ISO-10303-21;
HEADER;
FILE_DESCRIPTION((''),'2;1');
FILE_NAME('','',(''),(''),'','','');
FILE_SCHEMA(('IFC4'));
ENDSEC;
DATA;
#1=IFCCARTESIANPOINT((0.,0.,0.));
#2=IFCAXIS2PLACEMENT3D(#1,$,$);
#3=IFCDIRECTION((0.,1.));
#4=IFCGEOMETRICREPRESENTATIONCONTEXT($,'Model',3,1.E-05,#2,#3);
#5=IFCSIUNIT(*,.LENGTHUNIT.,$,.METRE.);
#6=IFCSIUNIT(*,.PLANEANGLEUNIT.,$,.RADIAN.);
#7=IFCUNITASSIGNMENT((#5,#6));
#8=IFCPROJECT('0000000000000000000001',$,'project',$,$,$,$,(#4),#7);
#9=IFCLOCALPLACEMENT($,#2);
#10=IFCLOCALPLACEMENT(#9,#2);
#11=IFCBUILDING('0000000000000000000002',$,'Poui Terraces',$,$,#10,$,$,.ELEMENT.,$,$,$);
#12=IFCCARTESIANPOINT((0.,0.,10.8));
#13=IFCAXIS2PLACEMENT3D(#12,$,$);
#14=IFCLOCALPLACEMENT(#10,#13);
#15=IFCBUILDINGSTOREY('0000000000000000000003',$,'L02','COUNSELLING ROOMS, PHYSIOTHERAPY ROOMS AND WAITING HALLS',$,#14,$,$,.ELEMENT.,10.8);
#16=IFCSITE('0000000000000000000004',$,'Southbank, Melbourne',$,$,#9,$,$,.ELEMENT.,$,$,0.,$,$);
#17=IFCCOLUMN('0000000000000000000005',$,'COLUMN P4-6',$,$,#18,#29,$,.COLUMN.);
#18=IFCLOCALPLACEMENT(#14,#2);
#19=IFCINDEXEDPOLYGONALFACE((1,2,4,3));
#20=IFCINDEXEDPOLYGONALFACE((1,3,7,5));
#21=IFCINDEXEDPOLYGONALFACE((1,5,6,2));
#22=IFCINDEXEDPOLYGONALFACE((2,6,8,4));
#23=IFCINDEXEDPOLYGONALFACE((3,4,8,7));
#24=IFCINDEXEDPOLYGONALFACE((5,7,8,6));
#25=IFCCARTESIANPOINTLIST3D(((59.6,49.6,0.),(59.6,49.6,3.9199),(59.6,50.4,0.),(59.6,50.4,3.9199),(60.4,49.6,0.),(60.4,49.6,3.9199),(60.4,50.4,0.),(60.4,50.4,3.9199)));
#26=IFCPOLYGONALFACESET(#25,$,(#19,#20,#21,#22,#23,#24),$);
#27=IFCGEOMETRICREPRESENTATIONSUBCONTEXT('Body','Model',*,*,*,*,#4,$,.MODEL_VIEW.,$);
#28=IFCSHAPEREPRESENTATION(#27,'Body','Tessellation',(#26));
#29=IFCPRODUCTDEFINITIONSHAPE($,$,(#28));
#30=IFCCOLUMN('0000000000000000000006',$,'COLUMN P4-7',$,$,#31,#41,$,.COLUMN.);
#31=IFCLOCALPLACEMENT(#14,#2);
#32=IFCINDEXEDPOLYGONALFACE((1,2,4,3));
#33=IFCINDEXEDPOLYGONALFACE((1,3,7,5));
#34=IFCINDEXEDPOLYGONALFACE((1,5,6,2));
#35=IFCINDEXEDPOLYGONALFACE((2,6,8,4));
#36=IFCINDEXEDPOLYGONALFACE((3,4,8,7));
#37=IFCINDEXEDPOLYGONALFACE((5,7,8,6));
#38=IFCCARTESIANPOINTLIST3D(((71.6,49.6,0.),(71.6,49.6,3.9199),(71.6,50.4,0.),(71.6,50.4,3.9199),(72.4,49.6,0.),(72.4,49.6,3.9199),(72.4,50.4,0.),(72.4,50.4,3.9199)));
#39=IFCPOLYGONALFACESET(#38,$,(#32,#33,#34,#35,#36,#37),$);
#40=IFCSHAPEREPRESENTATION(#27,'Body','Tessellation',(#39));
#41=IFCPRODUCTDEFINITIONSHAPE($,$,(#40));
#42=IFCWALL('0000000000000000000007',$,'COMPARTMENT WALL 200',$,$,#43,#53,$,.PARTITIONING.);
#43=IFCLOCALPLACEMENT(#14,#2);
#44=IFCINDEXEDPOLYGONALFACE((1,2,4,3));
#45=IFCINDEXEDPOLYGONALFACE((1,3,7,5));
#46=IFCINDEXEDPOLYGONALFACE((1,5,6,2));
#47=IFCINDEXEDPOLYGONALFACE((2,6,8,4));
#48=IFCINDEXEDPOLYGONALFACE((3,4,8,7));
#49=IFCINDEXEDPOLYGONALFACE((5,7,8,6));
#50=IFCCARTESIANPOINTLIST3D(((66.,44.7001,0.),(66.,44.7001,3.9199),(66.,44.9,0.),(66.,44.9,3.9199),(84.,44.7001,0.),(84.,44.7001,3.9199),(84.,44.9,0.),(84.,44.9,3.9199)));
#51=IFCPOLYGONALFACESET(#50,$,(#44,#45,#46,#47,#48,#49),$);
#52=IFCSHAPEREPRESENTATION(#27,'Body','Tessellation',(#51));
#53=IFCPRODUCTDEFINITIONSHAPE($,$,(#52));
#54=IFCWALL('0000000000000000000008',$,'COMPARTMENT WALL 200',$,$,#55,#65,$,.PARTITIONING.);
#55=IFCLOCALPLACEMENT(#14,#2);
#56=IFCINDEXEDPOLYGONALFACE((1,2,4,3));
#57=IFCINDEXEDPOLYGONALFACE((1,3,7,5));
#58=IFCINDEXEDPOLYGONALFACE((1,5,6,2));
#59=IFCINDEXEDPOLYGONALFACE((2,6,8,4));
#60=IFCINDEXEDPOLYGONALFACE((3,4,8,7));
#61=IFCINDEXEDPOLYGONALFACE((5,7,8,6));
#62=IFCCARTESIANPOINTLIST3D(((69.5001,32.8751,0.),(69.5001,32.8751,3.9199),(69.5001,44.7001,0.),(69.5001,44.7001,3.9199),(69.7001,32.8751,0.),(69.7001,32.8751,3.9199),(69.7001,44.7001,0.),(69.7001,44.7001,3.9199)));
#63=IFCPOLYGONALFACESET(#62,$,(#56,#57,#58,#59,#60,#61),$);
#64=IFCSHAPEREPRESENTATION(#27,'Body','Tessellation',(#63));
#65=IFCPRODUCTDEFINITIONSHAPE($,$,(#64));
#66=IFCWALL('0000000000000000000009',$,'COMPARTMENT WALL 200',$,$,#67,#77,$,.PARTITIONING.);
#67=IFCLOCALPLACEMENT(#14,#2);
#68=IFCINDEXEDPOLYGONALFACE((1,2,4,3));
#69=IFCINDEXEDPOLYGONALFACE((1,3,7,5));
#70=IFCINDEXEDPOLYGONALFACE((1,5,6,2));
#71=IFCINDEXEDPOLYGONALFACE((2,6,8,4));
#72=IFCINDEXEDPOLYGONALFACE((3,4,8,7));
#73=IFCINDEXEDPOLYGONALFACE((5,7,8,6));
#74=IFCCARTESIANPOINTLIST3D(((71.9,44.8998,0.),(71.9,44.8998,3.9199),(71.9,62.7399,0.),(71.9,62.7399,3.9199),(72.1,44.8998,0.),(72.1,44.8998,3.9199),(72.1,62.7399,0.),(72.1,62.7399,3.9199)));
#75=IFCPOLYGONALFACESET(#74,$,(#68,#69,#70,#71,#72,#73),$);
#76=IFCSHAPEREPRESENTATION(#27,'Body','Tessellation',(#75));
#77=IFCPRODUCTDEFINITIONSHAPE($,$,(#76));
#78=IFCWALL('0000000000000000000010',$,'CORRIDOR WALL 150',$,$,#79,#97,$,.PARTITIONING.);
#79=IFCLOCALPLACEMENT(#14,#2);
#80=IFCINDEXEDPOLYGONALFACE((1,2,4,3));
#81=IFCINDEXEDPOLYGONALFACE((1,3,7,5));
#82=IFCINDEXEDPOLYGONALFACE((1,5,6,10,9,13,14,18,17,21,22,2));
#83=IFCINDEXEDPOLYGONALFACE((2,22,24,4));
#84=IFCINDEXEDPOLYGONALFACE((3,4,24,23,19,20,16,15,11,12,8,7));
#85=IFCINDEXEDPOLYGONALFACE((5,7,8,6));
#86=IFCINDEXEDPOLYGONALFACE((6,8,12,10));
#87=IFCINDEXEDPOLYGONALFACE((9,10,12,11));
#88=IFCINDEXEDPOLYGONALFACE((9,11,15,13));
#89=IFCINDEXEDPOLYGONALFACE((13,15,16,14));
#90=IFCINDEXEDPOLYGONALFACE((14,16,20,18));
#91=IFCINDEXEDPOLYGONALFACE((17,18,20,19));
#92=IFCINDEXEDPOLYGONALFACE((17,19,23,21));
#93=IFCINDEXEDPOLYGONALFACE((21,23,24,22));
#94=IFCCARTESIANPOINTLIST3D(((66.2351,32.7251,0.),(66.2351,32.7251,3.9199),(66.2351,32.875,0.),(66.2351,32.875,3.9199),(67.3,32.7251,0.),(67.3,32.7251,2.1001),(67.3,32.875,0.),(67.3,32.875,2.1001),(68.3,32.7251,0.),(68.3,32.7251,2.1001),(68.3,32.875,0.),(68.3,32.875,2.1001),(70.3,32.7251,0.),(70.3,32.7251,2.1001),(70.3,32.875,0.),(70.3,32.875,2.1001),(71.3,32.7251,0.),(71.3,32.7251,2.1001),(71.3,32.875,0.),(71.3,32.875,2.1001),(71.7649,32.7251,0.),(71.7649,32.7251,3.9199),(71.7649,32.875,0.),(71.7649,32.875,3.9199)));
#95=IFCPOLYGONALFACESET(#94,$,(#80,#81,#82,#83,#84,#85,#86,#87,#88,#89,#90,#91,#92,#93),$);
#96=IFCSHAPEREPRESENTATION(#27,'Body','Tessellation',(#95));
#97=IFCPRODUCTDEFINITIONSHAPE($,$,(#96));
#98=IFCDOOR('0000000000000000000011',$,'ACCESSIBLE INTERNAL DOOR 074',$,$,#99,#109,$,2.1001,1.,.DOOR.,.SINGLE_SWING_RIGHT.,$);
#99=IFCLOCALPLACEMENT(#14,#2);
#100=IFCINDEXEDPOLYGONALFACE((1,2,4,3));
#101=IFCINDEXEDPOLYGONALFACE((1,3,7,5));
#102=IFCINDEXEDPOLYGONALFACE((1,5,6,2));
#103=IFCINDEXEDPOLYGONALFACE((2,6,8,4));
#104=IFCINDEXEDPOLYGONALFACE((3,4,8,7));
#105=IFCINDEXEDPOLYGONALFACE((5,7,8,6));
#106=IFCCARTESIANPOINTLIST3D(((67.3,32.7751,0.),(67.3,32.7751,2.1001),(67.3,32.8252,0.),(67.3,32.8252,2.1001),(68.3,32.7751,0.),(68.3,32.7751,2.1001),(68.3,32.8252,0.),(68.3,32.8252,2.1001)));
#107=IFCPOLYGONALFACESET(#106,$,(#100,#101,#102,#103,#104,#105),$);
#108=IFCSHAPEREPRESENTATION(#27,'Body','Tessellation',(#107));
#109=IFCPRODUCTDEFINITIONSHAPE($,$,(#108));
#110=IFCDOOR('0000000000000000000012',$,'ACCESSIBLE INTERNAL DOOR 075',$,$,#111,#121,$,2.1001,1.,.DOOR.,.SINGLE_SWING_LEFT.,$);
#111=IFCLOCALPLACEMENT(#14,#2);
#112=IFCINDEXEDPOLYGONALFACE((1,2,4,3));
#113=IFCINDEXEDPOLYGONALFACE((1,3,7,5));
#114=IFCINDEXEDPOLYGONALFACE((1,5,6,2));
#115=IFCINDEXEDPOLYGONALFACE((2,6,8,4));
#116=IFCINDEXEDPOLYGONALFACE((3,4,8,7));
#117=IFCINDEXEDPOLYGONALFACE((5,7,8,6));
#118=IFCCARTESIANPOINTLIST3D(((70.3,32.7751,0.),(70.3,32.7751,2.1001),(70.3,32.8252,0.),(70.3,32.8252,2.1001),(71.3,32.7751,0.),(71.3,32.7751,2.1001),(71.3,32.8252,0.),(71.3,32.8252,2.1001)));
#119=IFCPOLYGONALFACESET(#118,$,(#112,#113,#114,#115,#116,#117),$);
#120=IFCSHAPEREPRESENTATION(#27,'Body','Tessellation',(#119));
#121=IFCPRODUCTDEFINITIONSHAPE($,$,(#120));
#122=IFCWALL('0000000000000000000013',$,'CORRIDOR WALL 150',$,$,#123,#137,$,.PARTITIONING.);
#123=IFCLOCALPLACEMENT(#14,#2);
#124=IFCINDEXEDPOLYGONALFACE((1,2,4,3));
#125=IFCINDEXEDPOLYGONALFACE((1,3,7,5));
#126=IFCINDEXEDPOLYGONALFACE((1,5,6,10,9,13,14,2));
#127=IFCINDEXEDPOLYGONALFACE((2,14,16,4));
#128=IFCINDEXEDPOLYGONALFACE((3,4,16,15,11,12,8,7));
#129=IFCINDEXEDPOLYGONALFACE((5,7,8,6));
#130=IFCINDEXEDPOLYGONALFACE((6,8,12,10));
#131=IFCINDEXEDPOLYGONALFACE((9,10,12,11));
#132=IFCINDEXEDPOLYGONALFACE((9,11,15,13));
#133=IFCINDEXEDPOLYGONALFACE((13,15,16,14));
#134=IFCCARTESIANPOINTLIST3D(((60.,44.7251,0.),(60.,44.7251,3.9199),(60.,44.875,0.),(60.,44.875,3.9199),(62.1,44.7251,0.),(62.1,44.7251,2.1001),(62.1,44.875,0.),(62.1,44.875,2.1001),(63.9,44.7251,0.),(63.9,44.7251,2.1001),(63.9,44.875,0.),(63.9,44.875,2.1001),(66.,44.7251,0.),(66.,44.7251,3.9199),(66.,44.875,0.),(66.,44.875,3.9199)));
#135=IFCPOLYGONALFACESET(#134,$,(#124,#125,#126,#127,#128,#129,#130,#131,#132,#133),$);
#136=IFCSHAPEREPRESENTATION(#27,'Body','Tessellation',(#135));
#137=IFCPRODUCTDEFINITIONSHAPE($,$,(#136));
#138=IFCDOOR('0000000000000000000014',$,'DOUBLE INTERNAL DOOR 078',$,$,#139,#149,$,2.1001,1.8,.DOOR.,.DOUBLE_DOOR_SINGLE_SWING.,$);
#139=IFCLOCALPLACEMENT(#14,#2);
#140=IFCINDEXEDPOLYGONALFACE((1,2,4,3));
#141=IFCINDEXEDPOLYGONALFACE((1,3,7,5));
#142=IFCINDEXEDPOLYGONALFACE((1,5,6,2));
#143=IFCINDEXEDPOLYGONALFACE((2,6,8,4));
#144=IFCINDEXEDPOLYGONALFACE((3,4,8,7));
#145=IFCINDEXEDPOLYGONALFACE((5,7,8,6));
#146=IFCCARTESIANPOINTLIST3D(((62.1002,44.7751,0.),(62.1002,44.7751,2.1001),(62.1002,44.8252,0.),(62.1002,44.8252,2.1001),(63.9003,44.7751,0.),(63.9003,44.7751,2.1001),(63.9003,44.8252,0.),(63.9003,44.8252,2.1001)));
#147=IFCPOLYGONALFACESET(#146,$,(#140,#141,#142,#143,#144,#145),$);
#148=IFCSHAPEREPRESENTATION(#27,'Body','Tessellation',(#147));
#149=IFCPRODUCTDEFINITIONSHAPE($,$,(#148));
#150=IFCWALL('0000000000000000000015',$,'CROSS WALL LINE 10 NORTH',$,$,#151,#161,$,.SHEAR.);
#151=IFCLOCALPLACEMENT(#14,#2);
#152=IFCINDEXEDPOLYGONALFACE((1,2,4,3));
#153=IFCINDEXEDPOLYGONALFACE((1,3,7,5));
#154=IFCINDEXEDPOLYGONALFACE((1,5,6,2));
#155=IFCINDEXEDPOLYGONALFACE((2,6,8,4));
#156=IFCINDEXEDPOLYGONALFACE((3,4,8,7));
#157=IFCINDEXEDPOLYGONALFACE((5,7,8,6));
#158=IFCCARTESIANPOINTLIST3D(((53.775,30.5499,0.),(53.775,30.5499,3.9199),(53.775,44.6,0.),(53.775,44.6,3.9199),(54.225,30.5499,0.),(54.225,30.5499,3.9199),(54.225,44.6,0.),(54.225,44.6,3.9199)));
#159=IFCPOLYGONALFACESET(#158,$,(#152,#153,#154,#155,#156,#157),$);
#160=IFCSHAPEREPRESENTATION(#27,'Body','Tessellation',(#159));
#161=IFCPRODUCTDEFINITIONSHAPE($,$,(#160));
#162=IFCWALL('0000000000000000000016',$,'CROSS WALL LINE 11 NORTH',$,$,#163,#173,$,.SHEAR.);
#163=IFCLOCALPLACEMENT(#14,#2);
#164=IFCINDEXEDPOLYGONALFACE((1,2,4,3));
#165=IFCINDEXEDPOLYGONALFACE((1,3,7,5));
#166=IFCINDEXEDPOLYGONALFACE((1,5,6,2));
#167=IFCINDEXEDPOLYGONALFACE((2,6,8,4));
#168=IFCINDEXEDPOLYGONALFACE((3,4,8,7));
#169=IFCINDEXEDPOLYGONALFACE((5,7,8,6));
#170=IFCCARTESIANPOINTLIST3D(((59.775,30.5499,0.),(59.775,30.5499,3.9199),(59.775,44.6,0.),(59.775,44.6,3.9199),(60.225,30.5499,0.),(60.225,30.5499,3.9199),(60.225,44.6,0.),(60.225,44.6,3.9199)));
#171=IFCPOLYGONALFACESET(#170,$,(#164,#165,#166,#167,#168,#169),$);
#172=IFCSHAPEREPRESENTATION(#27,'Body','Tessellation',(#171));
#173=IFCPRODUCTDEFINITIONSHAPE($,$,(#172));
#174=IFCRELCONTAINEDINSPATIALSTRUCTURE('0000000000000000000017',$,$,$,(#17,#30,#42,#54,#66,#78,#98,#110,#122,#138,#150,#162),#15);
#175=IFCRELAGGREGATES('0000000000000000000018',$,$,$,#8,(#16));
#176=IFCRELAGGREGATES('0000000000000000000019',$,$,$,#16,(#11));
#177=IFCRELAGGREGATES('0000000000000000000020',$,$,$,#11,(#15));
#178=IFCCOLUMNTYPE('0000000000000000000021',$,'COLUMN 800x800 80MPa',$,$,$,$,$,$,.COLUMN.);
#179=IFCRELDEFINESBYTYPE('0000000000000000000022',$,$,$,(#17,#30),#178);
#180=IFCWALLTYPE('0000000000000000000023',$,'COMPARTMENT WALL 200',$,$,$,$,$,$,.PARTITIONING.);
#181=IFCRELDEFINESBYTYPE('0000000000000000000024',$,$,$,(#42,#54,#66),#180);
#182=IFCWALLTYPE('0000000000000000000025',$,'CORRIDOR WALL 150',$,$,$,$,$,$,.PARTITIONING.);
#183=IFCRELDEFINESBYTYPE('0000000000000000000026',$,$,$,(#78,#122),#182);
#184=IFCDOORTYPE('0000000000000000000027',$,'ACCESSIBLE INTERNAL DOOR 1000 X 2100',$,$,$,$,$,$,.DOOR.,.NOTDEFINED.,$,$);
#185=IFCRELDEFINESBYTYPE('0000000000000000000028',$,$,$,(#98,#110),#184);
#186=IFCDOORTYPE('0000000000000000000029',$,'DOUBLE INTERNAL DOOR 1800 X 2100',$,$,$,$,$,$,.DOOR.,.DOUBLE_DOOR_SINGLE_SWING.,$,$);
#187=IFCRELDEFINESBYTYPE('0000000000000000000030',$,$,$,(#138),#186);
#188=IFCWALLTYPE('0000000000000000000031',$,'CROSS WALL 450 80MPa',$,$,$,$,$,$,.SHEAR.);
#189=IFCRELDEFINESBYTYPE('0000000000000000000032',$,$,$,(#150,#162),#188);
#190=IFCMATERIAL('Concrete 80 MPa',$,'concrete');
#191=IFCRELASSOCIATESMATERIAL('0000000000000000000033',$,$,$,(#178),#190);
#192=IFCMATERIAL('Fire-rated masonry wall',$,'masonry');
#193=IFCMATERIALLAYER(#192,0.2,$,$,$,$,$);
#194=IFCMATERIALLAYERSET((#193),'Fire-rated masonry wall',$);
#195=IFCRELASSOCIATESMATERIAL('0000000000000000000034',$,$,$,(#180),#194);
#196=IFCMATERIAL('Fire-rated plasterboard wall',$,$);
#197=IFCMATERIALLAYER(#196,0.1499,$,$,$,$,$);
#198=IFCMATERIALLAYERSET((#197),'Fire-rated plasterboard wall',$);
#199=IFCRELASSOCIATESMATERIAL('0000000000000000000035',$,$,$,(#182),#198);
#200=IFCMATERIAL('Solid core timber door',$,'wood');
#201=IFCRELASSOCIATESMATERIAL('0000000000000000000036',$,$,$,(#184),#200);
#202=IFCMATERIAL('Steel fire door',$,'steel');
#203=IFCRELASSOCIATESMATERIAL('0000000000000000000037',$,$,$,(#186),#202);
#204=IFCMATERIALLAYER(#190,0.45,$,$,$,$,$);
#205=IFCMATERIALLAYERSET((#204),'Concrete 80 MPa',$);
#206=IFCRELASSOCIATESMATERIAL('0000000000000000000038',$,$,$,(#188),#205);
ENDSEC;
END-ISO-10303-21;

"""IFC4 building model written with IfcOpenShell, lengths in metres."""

from ifc_helpers import new_model, si_unit, direction, frame, frame_2d, origin, origin_2d, place, context, subcontext, project, spatial, rectangle, extrude, source, transform, mapped, material, layer, layer_set, material_profile, profile_set, type_object, element, fill, save


model = new_model("IFC4")

# Units and contexts
model_context = context("Model", 3, precision=1e-05, world=origin(), true_north=direction((0.0, 1.0)))
body_context = subcontext(model_context, "Body", "Model", "MODEL_VIEW")
ifc_project = project(units=[si_unit("LENGTHUNIT", "METRE"), si_unit("PLANEANGLEUNIT", "RADIAN")], contexts=[model_context])

# Site, building, storey
site_placement = place(None, origin())
site = spatial("IfcSite", under=ifc_project, at=site_placement, Name="Southbank, Melbourne", CompositionType="ELEMENT", RefElevation=0.0)
building_placement = place(site_placement, origin())
building = spatial("IfcBuilding", under=site, at=building_placement, Name="Poui Terraces", CompositionType="ELEMENT")
storey_placement = place(building_placement, frame((0.0, 0.0, 10.8)))
storey = spatial("IfcBuildingStorey", under=building, at=storey_placement, Name="L02", Description="COUNSELLING ROOMS, PHYSIOTHERAPY ROOMS AND WAITING HALLS", CompositionType="ELEMENT", Elevation=10.8)

# Columns
ifc_material_1 = material(Name="Concrete 80 MPa", Category="concrete")
ifc_material_profile = material_profile(ifc_material_1, rectangle(XDim=0.8, YDim=0.8, at=origin_2d()), Name="RC 800x800")
ifc_profile_set = profile_set([ifc_material_profile], Name="Concrete 80 MPa")
column_type = type_object("IfcColumnType", Name="COLUMN 800x800 80MPa", PredefinedType="COLUMN", material=ifc_profile_set)
shared_shape = source(origin(), body_context, "Body", "SweptSolid", [
    extrude(rectangle(XDim=0.8, YDim=0.8, at=origin_2d()), origin(), (0.0, 0.0, 1.0), 3.9199),
])
for number, where, z_axis, x_axis, name in (
    (1, (60.0, 50.0, 0.0), (0.0, 0.0, 1.0), (1.0, 0.0, 0.0), "COLUMN P4-6"),
    (2, (72.0, 50.0, 0.0), (0.0, 0.0, 1.0), (1.0, 0.0, 0.0), "COLUMN P4-7"),
):
    element("IfcColumn", number, at=place(storey_placement, frame(where, z_axis=z_axis, x_axis=x_axis)), inside=storey, type_object=column_type, Name=name, PredefinedType="COLUMN", context=body_context, shape_type="MappedRepresentation", body=[
        mapped(shared_shape, transform((0.0, 0.0, 0.0))),
    ])

# Walls
ifc_material_2 = material(Name="Fire-rated masonry wall", Category="masonry")
ifc_layer_1 = layer(ifc_material_2, 0.2)
ifc_layer_set_1 = layer_set([ifc_layer_1], Name="Fire-rated masonry wall")
wall_type_1 = type_object("IfcWallType", Name="COMPARTMENT WALL 200", PredefinedType="PARTITIONING", material=ifc_layer_set_1)
wall_1_placement = place(storey_placement, frame((66.0, 44.8, 0.0), z_axis=(0.0, 0.0, 1.0), x_axis=(1.0, 0.0, 0.0)))
element("IfcWall", 3, at=wall_1_placement, inside=storey, type_object=wall_type_1, Name="COMPARTMENT WALL 200", PredefinedType="PARTITIONING", context=body_context, shape_type="SweptSolid", body=[
    extrude(rectangle(XDim=18.0, YDim=0.2, at=frame_2d((9.0, 0.0))), origin(), (0.0, 0.0, 1.0), 3.9199),
])
wall_2_placement = place(storey_placement, frame((69.6001, 32.875, 0.0), z_axis=(0.0, 0.0, 1.0), x_axis=(0.0, 1.0, 0.0)))
element("IfcWall", 4, at=wall_2_placement, inside=storey, type_object=wall_type_1, Name="COMPARTMENT WALL 200", PredefinedType="PARTITIONING", context=body_context, shape_type="SweptSolid", body=[
    extrude(rectangle(XDim=11.825, YDim=0.2, at=frame_2d((5.9126, 0.0))), origin(), (0.0, 0.0, 1.0), 3.9199),
])
wall_3_placement = place(storey_placement, frame((72.0, 44.8999, 0.0), z_axis=(0.0, 0.0, 1.0), x_axis=(0.0, 1.0, 0.0)))
element("IfcWall", 5, at=wall_3_placement, inside=storey, type_object=wall_type_1, Name="COMPARTMENT WALL 200", PredefinedType="PARTITIONING", context=body_context, shape_type="SweptSolid", body=[
    extrude(rectangle(XDim=17.8401, YDim=0.2, at=frame_2d((8.9199, 0.0))), origin(), (0.0, 0.0, 1.0), 3.9199),
])

# Wall, openings, doors
ifc_material_3 = material(Name="Fire-rated plasterboard wall")
ifc_layer_2 = layer(ifc_material_3, 0.1499)
ifc_layer_set_2 = layer_set([ifc_layer_2], Name="Fire-rated plasterboard wall")
wall_type_2 = type_object("IfcWallType", Name="CORRIDOR WALL 150", PredefinedType="PARTITIONING", material=ifc_layer_set_2)
wall_4_placement = place(storey_placement, frame((66.2351, 32.8, 0.0), z_axis=(0.0, 0.0, 1.0), x_axis=(1.0, 0.0, 0.0)))
wall_4 = element("IfcWall", 6, at=wall_4_placement, inside=storey, type_object=wall_type_2, Name="CORRIDOR WALL 150", PredefinedType="PARTITIONING", context=body_context, shape_type="SweptSolid", body=[
    extrude(rectangle(XDim=5.5298, YDim=0.1499, at=frame_2d((2.7649, 0.0))), origin(), (0.0, 0.0, 1.0), 3.9199),
])
opening_1_placement = place(wall_4_placement, frame((1.0649, 0.0, 0.0)))
opening_1 = element("IfcOpeningElement", 7, at=opening_1_placement, cuts=wall_4, PredefinedType="OPENING", context=body_context, shape_type="SweptSolid", body=[
    extrude(rectangle(XDim=1.0, YDim=2.1001, at=frame_2d((0.5, 1.05))), frame((0.0, 0.085, 0.0), z_axis=(0.0, -1.0, 0.0), x_axis=(1.0, 0.0, 0.0)), (0.0, 0.0, 1.0), 0.1699),
])
opening_2_placement = place(wall_4_placement, frame((4.0649, 0.0, 0.0)))
opening_2 = element("IfcOpeningElement", 8, at=opening_2_placement, cuts=wall_4, PredefinedType="OPENING", context=body_context, shape_type="SweptSolid", body=[
    extrude(rectangle(XDim=1.0, YDim=2.1001, at=frame_2d((0.5, 1.05))), frame((0.0, 0.085, 0.0), z_axis=(0.0, -1.0, 0.0), x_axis=(1.0, 0.0, 0.0)), (0.0, 0.0, 1.0), 0.1699),
])
ifc_material_4 = material(Name="Solid core timber door", Category="wood")
door_type_1 = type_object("IfcDoorType", Name="ACCESSIBLE INTERNAL DOOR 1000 X 2100", OperationType="NOTDEFINED", PredefinedType="DOOR", material=ifc_material_4)
door_1_placement = place(opening_1_placement, frame((1.0, 0.0, 0.0), z_axis=(0.0, 0.0, 1.0), x_axis=(-1.0, 0.0, 0.0)))
door_1 = element("IfcDoor", 9, at=door_1_placement, inside=storey, type_object=door_type_1, Name="ACCESSIBLE INTERNAL DOOR 074", OperationType="SINGLE_SWING_RIGHT", OverallHeight=2.1001, OverallWidth=1.0, PredefinedType="DOOR", context=body_context, shape_type="SweptSolid", body=[
    extrude(rectangle(XDim=1.0, YDim=2.1001, at=frame_2d((0.5, 1.05))), frame((0.0, 0.0249, 0.0), z_axis=(0.0, -1.0, 0.0), x_axis=(1.0, 0.0, 0.0)), (0.0, 0.0, 1.0), 0.05),
])
fill(opening_1, door_1)
door_2_placement = place(opening_2_placement, frame((1.0, 0.0, 0.0), z_axis=(0.0, 0.0, 1.0), x_axis=(-1.0, 0.0, 0.0)))
door_2 = element("IfcDoor", 10, at=door_2_placement, inside=storey, type_object=door_type_1, Name="ACCESSIBLE INTERNAL DOOR 075", OperationType="SINGLE_SWING_LEFT", OverallHeight=2.1001, OverallWidth=1.0, PredefinedType="DOOR", context=body_context, shape_type="SweptSolid", body=[
    extrude(rectangle(XDim=1.0, YDim=2.1001, at=frame_2d((0.5, 1.05))), frame((0.0, 0.0249, 0.0), z_axis=(0.0, -1.0, 0.0), x_axis=(1.0, 0.0, 0.0)), (0.0, 0.0, 1.0), 0.05),
])
fill(opening_2, door_2)

# Wall, opening, door
wall_5_placement = place(storey_placement, frame((60.0, 44.8, 0.0), z_axis=(0.0, 0.0, 1.0), x_axis=(1.0, 0.0, 0.0)))
wall_5 = element("IfcWall", 11, at=wall_5_placement, inside=storey, type_object=wall_type_2, Name="CORRIDOR WALL 150", PredefinedType="PARTITIONING", context=body_context, shape_type="SweptSolid", body=[
    extrude(rectangle(XDim=6.0, YDim=0.1499, at=frame_2d((3.0, 0.0))), origin(), (0.0, 0.0, 1.0), 3.9199),
])
opening_3_placement = place(wall_5_placement, frame((2.1001, 0.0, 0.0)))
opening_3 = element("IfcOpeningElement", 12, at=opening_3_placement, cuts=wall_5, PredefinedType="OPENING", context=body_context, shape_type="SweptSolid", body=[
    extrude(rectangle(XDim=1.8, YDim=2.1001, at=frame_2d((0.8999, 1.05))), frame((0.0, 0.085, 0.0), z_axis=(0.0, -1.0, 0.0), x_axis=(1.0, 0.0, 0.0)), (0.0, 0.0, 1.0), 0.1699),
])
ifc_material_5 = material(Name="Steel fire door", Category="steel")
door_type_2 = type_object("IfcDoorType", Name="DOUBLE INTERNAL DOOR 1800 X 2100", OperationType="DOUBLE_DOOR_SINGLE_SWING", PredefinedType="DOOR", material=ifc_material_5)
door_3_placement = place(opening_3_placement, frame((1.8, 0.0, 0.0), z_axis=(0.0, 0.0, 1.0), x_axis=(-1.0, 0.0, 0.0)))
door_3 = element("IfcDoor", 13, at=door_3_placement, inside=storey, type_object=door_type_2, Name="DOUBLE INTERNAL DOOR 078", OperationType="DOUBLE_DOOR_SINGLE_SWING", OverallHeight=2.1001, OverallWidth=1.8, PredefinedType="DOOR", context=body_context, shape_type="SweptSolid", body=[
    extrude(rectangle(XDim=1.8, YDim=2.1001, at=frame_2d((0.8999, 1.05))), frame((0.0, 0.0249, 0.0), z_axis=(0.0, -1.0, 0.0), x_axis=(1.0, 0.0, 0.0)), (0.0, 0.0, 1.0), 0.05),
])
fill(opening_3, door_3)

# Walls
ifc_layer_3 = layer(ifc_material_1, 0.45)
ifc_layer_set_3 = layer_set([ifc_layer_3], Name="Concrete 80 MPa")
wall_type_3 = type_object("IfcWallType", Name="CROSS WALL 450 80MPa", PredefinedType="SHEAR", material=ifc_layer_set_3)
for number, where, z_axis, x_axis, name in (
    (14, (54.0, 30.55, 0.0), (0.0, 0.0, 1.0), (0.0, 1.0, 0.0), "CROSS WALL LINE 10 NORTH"),
    (15, (60.0, 30.55, 0.0), (0.0, 0.0, 1.0), (0.0, 1.0, 0.0), "CROSS WALL LINE 11 NORTH"),
):
    element("IfcWall", number, at=place(storey_placement, frame(where, z_axis=z_axis, x_axis=x_axis)), inside=storey, type_object=wall_type_3, Name=name, PredefinedType="SHEAR", context=body_context, shape_type="SweptSolid", body=[
        extrude(rectangle(XDim=14.05, YDim=0.45, at=frame_2d((7.0249, 0.0))), origin(), (0.0, 0.0, 1.0), 3.9199),
    ])

save(model, "model.ifc")
